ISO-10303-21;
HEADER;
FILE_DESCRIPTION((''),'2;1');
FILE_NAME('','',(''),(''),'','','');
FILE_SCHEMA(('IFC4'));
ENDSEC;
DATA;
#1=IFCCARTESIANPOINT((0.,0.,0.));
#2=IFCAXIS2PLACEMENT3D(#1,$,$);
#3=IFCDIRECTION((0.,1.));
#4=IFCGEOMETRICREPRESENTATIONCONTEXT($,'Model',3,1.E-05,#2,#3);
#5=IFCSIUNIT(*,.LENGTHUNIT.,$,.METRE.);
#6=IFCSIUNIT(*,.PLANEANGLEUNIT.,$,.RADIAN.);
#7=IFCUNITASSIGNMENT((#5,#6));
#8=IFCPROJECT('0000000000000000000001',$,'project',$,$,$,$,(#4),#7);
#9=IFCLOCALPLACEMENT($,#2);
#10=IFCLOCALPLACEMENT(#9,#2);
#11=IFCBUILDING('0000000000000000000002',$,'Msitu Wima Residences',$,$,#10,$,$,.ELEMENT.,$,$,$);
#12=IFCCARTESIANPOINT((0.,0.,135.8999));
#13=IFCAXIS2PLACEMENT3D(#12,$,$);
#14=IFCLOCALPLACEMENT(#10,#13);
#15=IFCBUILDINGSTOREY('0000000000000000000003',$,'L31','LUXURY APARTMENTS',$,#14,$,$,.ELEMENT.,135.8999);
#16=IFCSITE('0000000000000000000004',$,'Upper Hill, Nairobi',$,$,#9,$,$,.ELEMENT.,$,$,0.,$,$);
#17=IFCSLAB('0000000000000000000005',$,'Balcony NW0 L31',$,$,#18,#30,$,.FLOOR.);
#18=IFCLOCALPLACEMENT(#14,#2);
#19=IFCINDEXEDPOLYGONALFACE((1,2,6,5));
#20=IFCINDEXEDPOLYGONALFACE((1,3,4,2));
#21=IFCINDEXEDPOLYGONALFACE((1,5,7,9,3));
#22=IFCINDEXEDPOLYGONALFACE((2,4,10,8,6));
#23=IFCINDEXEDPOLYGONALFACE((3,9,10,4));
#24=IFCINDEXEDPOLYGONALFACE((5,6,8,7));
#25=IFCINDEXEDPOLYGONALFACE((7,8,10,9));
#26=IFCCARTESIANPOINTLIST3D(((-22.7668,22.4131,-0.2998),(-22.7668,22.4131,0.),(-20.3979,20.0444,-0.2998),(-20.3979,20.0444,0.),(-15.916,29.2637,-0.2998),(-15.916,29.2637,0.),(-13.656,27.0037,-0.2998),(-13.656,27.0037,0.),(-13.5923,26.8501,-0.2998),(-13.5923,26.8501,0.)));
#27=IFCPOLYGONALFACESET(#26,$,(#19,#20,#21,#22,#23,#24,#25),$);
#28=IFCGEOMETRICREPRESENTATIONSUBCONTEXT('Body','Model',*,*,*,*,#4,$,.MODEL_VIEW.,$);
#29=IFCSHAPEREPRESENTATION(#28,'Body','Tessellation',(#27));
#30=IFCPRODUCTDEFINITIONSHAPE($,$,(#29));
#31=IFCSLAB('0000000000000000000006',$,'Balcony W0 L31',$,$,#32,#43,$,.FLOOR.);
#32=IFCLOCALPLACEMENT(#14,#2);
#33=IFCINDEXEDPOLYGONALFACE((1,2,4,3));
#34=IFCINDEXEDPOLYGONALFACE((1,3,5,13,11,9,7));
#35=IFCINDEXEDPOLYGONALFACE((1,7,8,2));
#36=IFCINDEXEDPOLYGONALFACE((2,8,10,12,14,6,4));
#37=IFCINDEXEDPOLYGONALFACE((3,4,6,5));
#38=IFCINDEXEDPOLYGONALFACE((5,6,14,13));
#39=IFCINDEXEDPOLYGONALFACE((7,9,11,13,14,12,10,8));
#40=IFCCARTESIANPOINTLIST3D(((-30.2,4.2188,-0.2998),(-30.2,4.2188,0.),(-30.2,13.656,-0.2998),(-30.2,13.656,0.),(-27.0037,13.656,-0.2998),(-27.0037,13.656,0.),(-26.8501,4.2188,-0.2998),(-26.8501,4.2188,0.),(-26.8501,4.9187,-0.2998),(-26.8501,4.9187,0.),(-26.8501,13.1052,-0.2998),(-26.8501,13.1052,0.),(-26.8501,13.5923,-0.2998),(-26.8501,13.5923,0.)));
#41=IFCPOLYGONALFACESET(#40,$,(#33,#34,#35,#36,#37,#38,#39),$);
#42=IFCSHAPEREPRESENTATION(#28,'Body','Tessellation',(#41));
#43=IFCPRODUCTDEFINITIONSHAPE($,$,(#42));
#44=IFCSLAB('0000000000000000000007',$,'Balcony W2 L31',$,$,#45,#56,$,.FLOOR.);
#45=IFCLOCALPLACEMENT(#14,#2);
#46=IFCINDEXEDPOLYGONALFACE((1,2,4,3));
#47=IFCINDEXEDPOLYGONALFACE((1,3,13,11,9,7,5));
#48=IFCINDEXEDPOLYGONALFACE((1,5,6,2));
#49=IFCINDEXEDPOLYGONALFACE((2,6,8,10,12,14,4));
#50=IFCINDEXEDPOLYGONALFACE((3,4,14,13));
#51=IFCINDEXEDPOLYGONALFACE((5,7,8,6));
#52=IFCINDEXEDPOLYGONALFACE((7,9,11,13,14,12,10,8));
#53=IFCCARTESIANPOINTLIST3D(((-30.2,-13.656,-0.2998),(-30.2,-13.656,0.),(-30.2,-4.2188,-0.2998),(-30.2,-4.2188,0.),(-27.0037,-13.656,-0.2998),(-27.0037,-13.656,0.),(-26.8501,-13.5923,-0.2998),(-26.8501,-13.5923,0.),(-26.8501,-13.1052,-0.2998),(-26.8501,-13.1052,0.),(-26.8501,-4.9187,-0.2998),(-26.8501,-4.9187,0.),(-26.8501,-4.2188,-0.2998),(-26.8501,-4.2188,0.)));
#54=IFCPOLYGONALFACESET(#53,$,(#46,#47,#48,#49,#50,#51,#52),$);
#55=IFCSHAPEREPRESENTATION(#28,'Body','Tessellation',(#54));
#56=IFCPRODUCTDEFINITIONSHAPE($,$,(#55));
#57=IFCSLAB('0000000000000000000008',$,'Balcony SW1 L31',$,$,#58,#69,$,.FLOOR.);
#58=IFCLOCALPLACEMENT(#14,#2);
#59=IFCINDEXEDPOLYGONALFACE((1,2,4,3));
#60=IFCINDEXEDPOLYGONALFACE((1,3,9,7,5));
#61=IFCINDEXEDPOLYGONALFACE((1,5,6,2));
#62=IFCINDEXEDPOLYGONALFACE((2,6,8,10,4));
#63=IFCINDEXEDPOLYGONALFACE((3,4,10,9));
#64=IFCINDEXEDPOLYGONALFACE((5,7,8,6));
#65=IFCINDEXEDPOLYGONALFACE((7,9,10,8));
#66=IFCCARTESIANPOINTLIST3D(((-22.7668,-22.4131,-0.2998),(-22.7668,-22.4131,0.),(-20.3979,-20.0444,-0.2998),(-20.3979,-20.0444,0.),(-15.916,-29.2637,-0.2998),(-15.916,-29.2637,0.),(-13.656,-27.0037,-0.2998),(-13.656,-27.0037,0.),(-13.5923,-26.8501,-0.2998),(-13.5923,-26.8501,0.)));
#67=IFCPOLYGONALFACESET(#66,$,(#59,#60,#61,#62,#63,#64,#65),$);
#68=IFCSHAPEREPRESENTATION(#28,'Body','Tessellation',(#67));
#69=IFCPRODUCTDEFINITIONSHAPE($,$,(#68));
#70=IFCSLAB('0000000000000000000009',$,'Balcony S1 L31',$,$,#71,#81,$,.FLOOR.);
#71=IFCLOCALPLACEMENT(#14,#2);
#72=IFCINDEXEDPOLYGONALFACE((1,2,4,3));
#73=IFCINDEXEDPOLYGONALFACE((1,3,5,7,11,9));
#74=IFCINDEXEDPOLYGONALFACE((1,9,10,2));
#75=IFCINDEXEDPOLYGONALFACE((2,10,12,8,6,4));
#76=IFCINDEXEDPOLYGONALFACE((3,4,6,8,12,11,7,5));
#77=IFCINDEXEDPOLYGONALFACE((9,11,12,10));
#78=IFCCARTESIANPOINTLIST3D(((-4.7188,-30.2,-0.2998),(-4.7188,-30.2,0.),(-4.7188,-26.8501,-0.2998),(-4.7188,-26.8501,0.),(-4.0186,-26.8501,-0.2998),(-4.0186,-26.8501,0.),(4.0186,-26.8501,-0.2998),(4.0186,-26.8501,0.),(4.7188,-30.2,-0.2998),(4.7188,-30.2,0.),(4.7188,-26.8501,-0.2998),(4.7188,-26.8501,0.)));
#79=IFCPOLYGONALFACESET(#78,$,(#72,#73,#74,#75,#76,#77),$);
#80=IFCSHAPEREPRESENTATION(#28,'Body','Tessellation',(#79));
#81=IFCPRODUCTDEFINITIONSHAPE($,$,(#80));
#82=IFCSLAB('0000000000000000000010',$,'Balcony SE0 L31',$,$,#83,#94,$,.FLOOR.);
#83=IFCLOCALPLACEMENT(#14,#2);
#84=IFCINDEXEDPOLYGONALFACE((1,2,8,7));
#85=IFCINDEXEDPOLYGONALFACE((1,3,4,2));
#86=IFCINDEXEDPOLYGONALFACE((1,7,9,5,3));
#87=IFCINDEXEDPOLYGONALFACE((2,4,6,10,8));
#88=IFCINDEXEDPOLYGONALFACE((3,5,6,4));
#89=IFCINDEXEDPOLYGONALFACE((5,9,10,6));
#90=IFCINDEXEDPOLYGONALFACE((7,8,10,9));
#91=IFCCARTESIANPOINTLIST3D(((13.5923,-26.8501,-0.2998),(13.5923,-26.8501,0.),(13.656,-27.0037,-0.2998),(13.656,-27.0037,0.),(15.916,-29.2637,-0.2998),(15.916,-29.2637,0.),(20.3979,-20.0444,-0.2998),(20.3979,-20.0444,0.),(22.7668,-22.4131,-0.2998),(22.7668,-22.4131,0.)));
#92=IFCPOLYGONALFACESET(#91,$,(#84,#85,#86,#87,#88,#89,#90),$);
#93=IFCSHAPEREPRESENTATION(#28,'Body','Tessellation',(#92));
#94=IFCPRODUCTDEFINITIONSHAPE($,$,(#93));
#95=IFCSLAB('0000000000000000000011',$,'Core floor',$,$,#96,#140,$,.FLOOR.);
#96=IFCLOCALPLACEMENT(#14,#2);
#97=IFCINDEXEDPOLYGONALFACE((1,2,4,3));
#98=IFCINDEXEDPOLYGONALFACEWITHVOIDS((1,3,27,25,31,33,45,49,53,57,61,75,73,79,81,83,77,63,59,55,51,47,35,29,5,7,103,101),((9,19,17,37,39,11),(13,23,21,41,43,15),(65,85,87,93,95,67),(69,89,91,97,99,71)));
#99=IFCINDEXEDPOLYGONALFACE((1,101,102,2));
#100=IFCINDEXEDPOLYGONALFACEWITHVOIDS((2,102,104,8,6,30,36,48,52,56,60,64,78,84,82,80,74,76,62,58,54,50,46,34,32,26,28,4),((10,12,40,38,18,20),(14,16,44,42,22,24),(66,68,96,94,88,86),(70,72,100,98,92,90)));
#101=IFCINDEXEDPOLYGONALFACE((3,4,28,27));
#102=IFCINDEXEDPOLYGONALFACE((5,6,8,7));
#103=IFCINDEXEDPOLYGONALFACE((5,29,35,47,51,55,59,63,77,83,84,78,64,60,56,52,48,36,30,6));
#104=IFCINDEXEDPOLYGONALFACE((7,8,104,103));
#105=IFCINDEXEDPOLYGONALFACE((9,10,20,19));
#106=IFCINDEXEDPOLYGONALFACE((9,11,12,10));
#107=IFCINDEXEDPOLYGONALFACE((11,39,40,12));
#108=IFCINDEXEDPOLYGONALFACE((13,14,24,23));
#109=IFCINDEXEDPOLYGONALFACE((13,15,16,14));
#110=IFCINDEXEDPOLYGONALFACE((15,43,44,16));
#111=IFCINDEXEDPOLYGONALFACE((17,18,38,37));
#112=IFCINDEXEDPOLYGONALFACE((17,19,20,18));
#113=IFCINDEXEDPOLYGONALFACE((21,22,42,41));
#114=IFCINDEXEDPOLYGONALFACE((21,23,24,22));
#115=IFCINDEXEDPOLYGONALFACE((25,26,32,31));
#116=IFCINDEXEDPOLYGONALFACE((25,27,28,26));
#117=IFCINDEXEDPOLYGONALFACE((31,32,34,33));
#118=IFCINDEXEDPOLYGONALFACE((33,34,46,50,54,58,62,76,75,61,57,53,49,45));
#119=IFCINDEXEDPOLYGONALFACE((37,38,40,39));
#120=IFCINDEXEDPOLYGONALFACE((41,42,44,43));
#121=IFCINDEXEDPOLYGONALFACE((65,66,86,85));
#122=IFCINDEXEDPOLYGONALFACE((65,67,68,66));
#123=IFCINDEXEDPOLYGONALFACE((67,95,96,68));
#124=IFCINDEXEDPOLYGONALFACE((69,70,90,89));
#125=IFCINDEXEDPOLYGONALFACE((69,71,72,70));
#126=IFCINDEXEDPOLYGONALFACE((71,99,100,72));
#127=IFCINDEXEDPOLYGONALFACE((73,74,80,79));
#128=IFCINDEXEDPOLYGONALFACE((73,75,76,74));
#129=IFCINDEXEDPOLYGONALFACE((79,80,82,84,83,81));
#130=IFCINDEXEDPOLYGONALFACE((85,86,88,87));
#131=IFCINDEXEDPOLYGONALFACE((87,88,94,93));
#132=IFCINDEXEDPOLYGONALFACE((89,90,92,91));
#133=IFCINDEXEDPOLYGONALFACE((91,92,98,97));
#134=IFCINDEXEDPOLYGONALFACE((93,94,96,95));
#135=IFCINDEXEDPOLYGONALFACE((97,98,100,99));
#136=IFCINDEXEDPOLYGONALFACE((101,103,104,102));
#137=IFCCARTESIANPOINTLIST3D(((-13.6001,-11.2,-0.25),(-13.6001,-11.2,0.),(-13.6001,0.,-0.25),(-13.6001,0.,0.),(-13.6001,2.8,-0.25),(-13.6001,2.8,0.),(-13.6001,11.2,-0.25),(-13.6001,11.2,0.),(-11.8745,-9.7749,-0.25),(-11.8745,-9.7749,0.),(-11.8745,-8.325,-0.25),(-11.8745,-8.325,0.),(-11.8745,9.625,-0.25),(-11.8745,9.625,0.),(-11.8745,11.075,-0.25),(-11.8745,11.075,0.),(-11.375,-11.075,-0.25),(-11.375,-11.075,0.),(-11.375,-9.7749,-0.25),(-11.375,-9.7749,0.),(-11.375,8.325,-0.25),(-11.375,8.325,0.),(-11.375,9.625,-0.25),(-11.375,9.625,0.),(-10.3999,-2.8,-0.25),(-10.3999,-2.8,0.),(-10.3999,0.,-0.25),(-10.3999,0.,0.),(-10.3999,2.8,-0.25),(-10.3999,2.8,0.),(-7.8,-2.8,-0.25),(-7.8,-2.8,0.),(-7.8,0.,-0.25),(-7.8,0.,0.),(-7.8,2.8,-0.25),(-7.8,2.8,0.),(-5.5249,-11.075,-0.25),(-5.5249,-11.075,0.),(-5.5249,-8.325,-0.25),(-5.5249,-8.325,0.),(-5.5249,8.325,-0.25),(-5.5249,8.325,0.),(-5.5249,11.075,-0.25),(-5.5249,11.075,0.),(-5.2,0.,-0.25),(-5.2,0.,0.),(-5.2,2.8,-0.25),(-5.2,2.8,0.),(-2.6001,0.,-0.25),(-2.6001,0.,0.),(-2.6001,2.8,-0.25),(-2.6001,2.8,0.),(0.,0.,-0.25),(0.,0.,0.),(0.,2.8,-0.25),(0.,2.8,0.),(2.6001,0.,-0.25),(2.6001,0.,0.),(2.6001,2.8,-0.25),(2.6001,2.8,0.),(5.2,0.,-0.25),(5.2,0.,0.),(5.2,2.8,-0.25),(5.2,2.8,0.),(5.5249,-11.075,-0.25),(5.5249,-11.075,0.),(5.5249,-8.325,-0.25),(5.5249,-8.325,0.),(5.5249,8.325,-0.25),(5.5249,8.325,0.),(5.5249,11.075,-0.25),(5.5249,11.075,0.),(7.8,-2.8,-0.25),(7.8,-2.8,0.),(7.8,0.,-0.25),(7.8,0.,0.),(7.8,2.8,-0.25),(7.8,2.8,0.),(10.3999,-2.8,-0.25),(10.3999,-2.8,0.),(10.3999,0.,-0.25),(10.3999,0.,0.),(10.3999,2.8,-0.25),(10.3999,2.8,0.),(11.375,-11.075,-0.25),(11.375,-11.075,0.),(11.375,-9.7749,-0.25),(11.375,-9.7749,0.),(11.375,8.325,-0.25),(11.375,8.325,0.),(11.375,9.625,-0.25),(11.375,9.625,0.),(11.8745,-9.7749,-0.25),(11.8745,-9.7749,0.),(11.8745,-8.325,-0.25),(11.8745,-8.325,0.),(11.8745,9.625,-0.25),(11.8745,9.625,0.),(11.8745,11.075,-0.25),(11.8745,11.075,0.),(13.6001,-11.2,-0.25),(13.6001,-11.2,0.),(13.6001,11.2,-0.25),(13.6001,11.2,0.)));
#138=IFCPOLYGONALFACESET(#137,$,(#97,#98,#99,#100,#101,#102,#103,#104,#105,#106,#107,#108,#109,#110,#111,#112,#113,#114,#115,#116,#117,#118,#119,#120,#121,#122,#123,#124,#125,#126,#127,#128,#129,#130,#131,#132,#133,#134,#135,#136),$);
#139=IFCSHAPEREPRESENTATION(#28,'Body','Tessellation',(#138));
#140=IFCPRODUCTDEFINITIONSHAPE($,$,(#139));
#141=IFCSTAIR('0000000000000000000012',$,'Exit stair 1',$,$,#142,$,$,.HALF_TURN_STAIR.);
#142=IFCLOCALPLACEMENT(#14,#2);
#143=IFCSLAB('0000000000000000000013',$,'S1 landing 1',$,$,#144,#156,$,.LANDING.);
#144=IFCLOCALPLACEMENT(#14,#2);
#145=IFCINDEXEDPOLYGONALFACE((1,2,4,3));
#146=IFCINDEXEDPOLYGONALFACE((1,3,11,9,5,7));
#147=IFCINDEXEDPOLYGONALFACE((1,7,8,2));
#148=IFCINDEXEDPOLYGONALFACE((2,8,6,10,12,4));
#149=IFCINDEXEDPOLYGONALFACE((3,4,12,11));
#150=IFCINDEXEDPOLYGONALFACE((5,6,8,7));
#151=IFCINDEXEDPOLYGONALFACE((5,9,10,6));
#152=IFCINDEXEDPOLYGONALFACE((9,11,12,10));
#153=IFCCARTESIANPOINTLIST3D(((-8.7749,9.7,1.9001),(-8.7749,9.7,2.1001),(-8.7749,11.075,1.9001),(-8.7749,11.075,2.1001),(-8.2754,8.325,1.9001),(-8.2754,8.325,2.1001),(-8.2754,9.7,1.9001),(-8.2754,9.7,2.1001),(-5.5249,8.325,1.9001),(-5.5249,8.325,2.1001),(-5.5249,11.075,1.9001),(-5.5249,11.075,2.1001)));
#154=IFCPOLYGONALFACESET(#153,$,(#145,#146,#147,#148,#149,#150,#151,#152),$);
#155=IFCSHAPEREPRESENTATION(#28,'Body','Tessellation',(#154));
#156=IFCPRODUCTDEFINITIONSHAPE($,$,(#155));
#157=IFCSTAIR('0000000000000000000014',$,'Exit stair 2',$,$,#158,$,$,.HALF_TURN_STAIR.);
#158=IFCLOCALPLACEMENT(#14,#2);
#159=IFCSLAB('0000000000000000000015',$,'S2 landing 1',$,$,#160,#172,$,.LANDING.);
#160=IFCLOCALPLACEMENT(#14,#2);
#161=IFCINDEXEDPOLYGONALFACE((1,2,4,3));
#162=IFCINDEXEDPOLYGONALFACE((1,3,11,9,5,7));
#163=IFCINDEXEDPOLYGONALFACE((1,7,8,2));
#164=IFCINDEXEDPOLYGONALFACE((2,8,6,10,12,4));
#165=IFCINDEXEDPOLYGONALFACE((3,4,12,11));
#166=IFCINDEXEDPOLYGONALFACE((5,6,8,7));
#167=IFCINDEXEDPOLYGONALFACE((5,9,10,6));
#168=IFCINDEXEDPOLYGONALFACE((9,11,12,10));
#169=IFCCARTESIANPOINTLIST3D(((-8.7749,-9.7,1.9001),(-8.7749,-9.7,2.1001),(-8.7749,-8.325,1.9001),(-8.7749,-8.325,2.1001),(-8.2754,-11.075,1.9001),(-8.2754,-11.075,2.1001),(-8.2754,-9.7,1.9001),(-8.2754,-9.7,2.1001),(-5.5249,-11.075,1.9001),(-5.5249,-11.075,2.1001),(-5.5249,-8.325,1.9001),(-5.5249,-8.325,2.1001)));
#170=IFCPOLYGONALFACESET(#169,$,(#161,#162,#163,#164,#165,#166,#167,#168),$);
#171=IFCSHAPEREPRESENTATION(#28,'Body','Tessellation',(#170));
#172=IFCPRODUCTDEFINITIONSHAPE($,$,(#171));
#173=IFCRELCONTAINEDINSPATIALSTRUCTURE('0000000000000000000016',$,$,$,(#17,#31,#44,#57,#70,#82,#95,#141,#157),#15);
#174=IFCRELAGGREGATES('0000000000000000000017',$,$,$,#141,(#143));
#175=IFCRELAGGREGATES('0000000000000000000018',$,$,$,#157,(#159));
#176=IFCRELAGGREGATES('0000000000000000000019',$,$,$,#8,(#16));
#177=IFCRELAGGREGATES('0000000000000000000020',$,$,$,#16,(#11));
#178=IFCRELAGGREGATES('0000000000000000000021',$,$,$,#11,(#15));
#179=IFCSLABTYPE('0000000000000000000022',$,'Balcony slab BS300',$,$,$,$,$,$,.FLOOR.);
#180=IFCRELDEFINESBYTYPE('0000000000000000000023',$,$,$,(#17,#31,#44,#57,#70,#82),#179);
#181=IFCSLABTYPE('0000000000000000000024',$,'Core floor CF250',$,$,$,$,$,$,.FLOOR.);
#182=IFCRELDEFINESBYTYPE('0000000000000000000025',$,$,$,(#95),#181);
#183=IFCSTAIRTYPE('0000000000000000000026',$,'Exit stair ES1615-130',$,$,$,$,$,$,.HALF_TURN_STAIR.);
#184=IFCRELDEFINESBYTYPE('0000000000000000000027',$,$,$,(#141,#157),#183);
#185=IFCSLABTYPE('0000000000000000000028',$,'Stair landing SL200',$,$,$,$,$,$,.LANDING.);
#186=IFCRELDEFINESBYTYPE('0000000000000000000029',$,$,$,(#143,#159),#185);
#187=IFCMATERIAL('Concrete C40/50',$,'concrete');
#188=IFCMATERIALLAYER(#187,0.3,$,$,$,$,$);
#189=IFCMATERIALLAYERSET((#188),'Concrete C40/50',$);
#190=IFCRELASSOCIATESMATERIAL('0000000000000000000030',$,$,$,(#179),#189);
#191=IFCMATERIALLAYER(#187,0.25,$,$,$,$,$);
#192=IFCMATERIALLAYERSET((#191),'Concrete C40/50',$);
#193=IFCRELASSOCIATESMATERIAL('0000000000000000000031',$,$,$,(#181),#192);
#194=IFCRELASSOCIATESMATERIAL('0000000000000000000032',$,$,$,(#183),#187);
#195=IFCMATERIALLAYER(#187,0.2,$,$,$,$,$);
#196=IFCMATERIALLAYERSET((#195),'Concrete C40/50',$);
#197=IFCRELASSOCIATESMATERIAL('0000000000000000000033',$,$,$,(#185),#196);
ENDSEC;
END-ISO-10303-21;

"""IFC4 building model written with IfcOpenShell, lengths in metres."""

from ifc_helpers import new_model, si_unit, direction, frame, origin, place, context, subcontext, project, spatial, polyline, outline, extrude, material, layer, layer_set, type_object, element, aggregate, save


model = new_model("IFC4")

# Units and contexts
model_context = context("Model", 3, precision=1e-05, world=origin(), true_north=direction((0.0, 1.0)))
body_context = subcontext(model_context, "Body", "Model", "MODEL_VIEW")
ifc_project = project(units=[si_unit("LENGTHUNIT", "METRE"), si_unit("PLANEANGLEUNIT", "RADIAN")], contexts=[model_context])

# Site, building, storey
site_placement = place(None, origin())
site = spatial("IfcSite", under=ifc_project, at=site_placement, Name="Upper Hill, Nairobi", CompositionType="ELEMENT", RefElevation=0.0)
building_placement = place(site_placement, origin())
building = spatial("IfcBuilding", under=site, at=building_placement, Name="Msitu Wima Residences", CompositionType="ELEMENT")
storey_placement = place(building_placement, frame((0.0, 0.0, 135.8999)))
storey = spatial("IfcBuildingStorey", under=building, at=storey_placement, Name="L31", Description="LUXURY APARTMENTS", CompositionType="ELEMENT", Elevation=135.8999)

# Slabs
ifc_material_1 = material(Name="Concrete C40/50", Category="concrete")
ifc_layer_1 = layer(ifc_material_1, 0.3)
ifc_layer_set_1 = layer_set([ifc_layer_1], Name="Concrete C40/50")
slab_type_1 = type_object("IfcSlabType", Name="Balcony slab BS300", PredefinedType="FLOOR", material=ifc_layer_set_1)
slab_1_placement = place(storey_placement, frame((0.0, 0.0, -0.2998)))
element("IfcSlab", 1, at=slab_1_placement, inside=storey, type_object=slab_type_1, Name="Balcony NW0 L31", PredefinedType="FLOOR", context=body_context, shape_type="SweptSolid", body=[
    extrude(outline(polyline([(-22.7668, 22.4131), (-15.916, 29.2637), (-13.656, 27.0037), (-13.5923, 26.8501), (-20.3979, 20.0444), (-22.7668, 22.4131)])), origin(), (0.0, 0.0, 1.0), 0.2998),
])
slab_2_placement = place(storey_placement, frame((0.0, 0.0, -0.2998)))
element("IfcSlab", 2, at=slab_2_placement, inside=storey, type_object=slab_type_1, Name="Balcony W0 L31", PredefinedType="FLOOR", context=body_context, shape_type="SweptSolid", body=[
    extrude(outline(polyline([(-26.8501, 13.1052), (-26.8501, 13.1052), (-26.8501, 4.9187), (-26.8501, 4.9187), (-26.8501, 4.2188), (-30.2, 4.2188), (-30.2, 13.656), (-27.0037, 13.656), (-26.8501, 13.5923), (-26.8501, 13.1052), (-26.8501, 13.1052)])), origin(), (0.0, 0.0, 1.0), 0.2998),
])
slab_3_placement = place(storey_placement, frame((0.0, 0.0, -0.2998)))
element("IfcSlab", 3, at=slab_3_placement, inside=storey, type_object=slab_type_1, Name="Balcony W2 L31", PredefinedType="FLOOR", context=body_context, shape_type="SweptSolid", body=[
    extrude(outline(polyline([(-26.8501, -13.1052), (-26.8501, -13.1052), (-26.8501, -13.5923), (-27.0037, -13.656), (-30.2, -13.656), (-30.2, -4.2188), (-26.8501, -4.2188), (-26.8501, -4.9187), (-26.8501, -4.9187), (-26.8501, -13.1052), (-26.8501, -13.1052)])), origin(), (0.0, 0.0, 1.0), 0.2998),
])
slab_4_placement = place(storey_placement, frame((0.0, 0.0, -0.2998)))
element("IfcSlab", 4, at=slab_4_placement, inside=storey, type_object=slab_type_1, Name="Balcony SW1 L31", PredefinedType="FLOOR", context=body_context, shape_type="SweptSolid", body=[
    extrude(outline(polyline([(-15.916, -29.2637), (-22.7668, -22.4131), (-20.3979, -20.0444), (-13.5923, -26.8501), (-13.656, -27.0037), (-15.916, -29.2637)])), origin(), (0.0, 0.0, 1.0), 0.2998),
])
slab_5_placement = place(storey_placement, frame((0.0, 0.0, -0.2998)))
element("IfcSlab", 5, at=slab_5_placement, inside=storey, type_object=slab_type_1, Name="Balcony S1 L31", PredefinedType="FLOOR", context=body_context, shape_type="SweptSolid", body=[
    extrude(outline(polyline([(4.0186, -26.8501), (4.0186, -26.8501), (4.7188, -26.8501), (4.7188, -30.2), (-4.7188, -30.2), (-4.7188, -26.8501), (-4.0186, -26.8501), (-4.0186, -26.8501), (4.0186, -26.8501)])), origin(), (0.0, 0.0, 1.0), 0.2998),
])
slab_6_placement = place(storey_placement, frame((0.0, 0.0, -0.2998)))
element("IfcSlab", 6, at=slab_6_placement, inside=storey, type_object=slab_type_1, Name="Balcony SE0 L31", PredefinedType="FLOOR", context=body_context, shape_type="SweptSolid", body=[
    extrude(outline(polyline([(22.7668, -22.4131), (15.916, -29.2637), (13.656, -27.0037), (13.5923, -26.8501), (20.3979, -20.0444), (22.7668, -22.4131)])), origin(), (0.0, 0.0, 1.0), 0.2998),
])
ifc_layer_2 = layer(ifc_material_1, 0.25)
ifc_layer_set_2 = layer_set([ifc_layer_2], Name="Concrete C40/50")
slab_type_2 = type_object("IfcSlabType", Name="Core floor CF250", PredefinedType="FLOOR", material=ifc_layer_set_2)
slab_7_placement = place(storey_placement, frame((0.0, 0.0, -0.25)))
element("IfcSlab", 7, at=slab_7_placement, inside=storey, type_object=slab_type_2, Name="Core floor", PredefinedType="FLOOR", context=body_context, shape_type="SweptSolid", body=[
    extrude(outline(polyline([(-13.6001, 11.2), (-13.6001, 2.8), (-10.3999, 2.8), (-7.8, 2.8), (-5.2, 2.8), (-2.6001, 2.8), (0.0, 2.8), (2.6001, 2.8), (5.2, 2.8), (7.8, 2.8), (10.3999, 2.8), (10.3999, 0.0), (10.3999, -2.8), (7.8, -2.8), (7.8, 0.0), (5.2, 0.0), (2.6001, 0.0), (0.0, 0.0), (-2.6001, 0.0), (-5.2, 0.0), (-7.8, 0.0), (-7.8, -2.8), (-10.3999, -2.8), (-10.3999, 0.0), (-13.6001, 0.0), (-13.6001, -11.2), (13.6001, -11.2), (13.6001, 11.2), (-13.6001, 11.2)]), holes=[polyline([(-11.375, -11.075), (-11.375, -9.7749), (-11.8745, -9.7749), (-11.8745, -8.325), (-5.5249, -8.325), (-5.5249, -11.075), (-11.375, -11.075)]), polyline([(-11.375, 9.625), (-11.8745, 9.625), (-11.8745, 11.075), (-5.5249, 11.075), (-5.5249, 8.325), (-11.375, 8.325), (-11.375, 9.625)]), polyline([(11.375, -9.7749), (11.375, -11.075), (5.5249, -11.075), (5.5249, -8.325), (11.8745, -8.325), (11.8745, -9.7749), (11.375, -9.7749)]), polyline([(11.375, 9.625), (11.375, 8.325), (5.5249, 8.325), (5.5249, 11.075), (11.8745, 11.075), (11.8745, 9.625), (11.375, 9.625)])]), origin(), (0.0, 0.0, 1.0), 0.25),
])

# Stairs, slabs
stair_type = type_object("IfcStairType", Name="Exit stair ES1615-130", PredefinedType="HALF_TURN_STAIR", material=ifc_material_1)
stair_1_placement = place(storey_placement, origin())
stair_1 = element("IfcStair", 8, at=stair_1_placement, inside=storey, type_object=stair_type, Name="Exit stair 1", PredefinedType="HALF_TURN_STAIR")
ifc_layer_3 = layer(ifc_material_1, 0.2)
ifc_layer_set_3 = layer_set([ifc_layer_3], Name="Concrete C40/50")
slab_type_3 = type_object("IfcSlabType", Name="Stair landing SL200", PredefinedType="LANDING", material=ifc_layer_set_3)
slab_8_placement = place(storey_placement, frame((0.0, 0.0, 1.9001)))
slab_8 = element("IfcSlab", 9, at=slab_8_placement, type_object=slab_type_3, Name="S1 landing 1", PredefinedType="LANDING", context=body_context, shape_type="SweptSolid", body=[
    extrude(outline(polyline([(-5.5249, 8.325), (-8.2754, 8.325), (-8.2754, 9.7), (-8.7749, 9.7), (-8.7749, 11.075), (-5.5249, 11.075), (-5.5249, 8.325)])), origin(), (0.0, 0.0, 1.0), 0.2),
])
aggregate(stair_1, [slab_8])
stair_2_placement = place(storey_placement, origin())
stair_2 = element("IfcStair", 10, at=stair_2_placement, inside=storey, type_object=stair_type, Name="Exit stair 2", PredefinedType="HALF_TURN_STAIR")
slab_9_placement = place(storey_placement, frame((0.0, 0.0, 1.9001)))
slab_9 = element("IfcSlab", 11, at=slab_9_placement, type_object=slab_type_3, Name="S2 landing 1", PredefinedType="LANDING", context=body_context, shape_type="SweptSolid", body=[
    extrude(outline(polyline([(-5.5249, -11.075), (-8.2754, -11.075), (-8.2754, -9.7), (-8.7749, -9.7), (-8.7749, -8.325), (-5.5249, -8.325), (-5.5249, -11.075)])), origin(), (0.0, 0.0, 1.0), 0.2),
])
aggregate(stair_2, [slab_9])

save(model, "model.ifc")
